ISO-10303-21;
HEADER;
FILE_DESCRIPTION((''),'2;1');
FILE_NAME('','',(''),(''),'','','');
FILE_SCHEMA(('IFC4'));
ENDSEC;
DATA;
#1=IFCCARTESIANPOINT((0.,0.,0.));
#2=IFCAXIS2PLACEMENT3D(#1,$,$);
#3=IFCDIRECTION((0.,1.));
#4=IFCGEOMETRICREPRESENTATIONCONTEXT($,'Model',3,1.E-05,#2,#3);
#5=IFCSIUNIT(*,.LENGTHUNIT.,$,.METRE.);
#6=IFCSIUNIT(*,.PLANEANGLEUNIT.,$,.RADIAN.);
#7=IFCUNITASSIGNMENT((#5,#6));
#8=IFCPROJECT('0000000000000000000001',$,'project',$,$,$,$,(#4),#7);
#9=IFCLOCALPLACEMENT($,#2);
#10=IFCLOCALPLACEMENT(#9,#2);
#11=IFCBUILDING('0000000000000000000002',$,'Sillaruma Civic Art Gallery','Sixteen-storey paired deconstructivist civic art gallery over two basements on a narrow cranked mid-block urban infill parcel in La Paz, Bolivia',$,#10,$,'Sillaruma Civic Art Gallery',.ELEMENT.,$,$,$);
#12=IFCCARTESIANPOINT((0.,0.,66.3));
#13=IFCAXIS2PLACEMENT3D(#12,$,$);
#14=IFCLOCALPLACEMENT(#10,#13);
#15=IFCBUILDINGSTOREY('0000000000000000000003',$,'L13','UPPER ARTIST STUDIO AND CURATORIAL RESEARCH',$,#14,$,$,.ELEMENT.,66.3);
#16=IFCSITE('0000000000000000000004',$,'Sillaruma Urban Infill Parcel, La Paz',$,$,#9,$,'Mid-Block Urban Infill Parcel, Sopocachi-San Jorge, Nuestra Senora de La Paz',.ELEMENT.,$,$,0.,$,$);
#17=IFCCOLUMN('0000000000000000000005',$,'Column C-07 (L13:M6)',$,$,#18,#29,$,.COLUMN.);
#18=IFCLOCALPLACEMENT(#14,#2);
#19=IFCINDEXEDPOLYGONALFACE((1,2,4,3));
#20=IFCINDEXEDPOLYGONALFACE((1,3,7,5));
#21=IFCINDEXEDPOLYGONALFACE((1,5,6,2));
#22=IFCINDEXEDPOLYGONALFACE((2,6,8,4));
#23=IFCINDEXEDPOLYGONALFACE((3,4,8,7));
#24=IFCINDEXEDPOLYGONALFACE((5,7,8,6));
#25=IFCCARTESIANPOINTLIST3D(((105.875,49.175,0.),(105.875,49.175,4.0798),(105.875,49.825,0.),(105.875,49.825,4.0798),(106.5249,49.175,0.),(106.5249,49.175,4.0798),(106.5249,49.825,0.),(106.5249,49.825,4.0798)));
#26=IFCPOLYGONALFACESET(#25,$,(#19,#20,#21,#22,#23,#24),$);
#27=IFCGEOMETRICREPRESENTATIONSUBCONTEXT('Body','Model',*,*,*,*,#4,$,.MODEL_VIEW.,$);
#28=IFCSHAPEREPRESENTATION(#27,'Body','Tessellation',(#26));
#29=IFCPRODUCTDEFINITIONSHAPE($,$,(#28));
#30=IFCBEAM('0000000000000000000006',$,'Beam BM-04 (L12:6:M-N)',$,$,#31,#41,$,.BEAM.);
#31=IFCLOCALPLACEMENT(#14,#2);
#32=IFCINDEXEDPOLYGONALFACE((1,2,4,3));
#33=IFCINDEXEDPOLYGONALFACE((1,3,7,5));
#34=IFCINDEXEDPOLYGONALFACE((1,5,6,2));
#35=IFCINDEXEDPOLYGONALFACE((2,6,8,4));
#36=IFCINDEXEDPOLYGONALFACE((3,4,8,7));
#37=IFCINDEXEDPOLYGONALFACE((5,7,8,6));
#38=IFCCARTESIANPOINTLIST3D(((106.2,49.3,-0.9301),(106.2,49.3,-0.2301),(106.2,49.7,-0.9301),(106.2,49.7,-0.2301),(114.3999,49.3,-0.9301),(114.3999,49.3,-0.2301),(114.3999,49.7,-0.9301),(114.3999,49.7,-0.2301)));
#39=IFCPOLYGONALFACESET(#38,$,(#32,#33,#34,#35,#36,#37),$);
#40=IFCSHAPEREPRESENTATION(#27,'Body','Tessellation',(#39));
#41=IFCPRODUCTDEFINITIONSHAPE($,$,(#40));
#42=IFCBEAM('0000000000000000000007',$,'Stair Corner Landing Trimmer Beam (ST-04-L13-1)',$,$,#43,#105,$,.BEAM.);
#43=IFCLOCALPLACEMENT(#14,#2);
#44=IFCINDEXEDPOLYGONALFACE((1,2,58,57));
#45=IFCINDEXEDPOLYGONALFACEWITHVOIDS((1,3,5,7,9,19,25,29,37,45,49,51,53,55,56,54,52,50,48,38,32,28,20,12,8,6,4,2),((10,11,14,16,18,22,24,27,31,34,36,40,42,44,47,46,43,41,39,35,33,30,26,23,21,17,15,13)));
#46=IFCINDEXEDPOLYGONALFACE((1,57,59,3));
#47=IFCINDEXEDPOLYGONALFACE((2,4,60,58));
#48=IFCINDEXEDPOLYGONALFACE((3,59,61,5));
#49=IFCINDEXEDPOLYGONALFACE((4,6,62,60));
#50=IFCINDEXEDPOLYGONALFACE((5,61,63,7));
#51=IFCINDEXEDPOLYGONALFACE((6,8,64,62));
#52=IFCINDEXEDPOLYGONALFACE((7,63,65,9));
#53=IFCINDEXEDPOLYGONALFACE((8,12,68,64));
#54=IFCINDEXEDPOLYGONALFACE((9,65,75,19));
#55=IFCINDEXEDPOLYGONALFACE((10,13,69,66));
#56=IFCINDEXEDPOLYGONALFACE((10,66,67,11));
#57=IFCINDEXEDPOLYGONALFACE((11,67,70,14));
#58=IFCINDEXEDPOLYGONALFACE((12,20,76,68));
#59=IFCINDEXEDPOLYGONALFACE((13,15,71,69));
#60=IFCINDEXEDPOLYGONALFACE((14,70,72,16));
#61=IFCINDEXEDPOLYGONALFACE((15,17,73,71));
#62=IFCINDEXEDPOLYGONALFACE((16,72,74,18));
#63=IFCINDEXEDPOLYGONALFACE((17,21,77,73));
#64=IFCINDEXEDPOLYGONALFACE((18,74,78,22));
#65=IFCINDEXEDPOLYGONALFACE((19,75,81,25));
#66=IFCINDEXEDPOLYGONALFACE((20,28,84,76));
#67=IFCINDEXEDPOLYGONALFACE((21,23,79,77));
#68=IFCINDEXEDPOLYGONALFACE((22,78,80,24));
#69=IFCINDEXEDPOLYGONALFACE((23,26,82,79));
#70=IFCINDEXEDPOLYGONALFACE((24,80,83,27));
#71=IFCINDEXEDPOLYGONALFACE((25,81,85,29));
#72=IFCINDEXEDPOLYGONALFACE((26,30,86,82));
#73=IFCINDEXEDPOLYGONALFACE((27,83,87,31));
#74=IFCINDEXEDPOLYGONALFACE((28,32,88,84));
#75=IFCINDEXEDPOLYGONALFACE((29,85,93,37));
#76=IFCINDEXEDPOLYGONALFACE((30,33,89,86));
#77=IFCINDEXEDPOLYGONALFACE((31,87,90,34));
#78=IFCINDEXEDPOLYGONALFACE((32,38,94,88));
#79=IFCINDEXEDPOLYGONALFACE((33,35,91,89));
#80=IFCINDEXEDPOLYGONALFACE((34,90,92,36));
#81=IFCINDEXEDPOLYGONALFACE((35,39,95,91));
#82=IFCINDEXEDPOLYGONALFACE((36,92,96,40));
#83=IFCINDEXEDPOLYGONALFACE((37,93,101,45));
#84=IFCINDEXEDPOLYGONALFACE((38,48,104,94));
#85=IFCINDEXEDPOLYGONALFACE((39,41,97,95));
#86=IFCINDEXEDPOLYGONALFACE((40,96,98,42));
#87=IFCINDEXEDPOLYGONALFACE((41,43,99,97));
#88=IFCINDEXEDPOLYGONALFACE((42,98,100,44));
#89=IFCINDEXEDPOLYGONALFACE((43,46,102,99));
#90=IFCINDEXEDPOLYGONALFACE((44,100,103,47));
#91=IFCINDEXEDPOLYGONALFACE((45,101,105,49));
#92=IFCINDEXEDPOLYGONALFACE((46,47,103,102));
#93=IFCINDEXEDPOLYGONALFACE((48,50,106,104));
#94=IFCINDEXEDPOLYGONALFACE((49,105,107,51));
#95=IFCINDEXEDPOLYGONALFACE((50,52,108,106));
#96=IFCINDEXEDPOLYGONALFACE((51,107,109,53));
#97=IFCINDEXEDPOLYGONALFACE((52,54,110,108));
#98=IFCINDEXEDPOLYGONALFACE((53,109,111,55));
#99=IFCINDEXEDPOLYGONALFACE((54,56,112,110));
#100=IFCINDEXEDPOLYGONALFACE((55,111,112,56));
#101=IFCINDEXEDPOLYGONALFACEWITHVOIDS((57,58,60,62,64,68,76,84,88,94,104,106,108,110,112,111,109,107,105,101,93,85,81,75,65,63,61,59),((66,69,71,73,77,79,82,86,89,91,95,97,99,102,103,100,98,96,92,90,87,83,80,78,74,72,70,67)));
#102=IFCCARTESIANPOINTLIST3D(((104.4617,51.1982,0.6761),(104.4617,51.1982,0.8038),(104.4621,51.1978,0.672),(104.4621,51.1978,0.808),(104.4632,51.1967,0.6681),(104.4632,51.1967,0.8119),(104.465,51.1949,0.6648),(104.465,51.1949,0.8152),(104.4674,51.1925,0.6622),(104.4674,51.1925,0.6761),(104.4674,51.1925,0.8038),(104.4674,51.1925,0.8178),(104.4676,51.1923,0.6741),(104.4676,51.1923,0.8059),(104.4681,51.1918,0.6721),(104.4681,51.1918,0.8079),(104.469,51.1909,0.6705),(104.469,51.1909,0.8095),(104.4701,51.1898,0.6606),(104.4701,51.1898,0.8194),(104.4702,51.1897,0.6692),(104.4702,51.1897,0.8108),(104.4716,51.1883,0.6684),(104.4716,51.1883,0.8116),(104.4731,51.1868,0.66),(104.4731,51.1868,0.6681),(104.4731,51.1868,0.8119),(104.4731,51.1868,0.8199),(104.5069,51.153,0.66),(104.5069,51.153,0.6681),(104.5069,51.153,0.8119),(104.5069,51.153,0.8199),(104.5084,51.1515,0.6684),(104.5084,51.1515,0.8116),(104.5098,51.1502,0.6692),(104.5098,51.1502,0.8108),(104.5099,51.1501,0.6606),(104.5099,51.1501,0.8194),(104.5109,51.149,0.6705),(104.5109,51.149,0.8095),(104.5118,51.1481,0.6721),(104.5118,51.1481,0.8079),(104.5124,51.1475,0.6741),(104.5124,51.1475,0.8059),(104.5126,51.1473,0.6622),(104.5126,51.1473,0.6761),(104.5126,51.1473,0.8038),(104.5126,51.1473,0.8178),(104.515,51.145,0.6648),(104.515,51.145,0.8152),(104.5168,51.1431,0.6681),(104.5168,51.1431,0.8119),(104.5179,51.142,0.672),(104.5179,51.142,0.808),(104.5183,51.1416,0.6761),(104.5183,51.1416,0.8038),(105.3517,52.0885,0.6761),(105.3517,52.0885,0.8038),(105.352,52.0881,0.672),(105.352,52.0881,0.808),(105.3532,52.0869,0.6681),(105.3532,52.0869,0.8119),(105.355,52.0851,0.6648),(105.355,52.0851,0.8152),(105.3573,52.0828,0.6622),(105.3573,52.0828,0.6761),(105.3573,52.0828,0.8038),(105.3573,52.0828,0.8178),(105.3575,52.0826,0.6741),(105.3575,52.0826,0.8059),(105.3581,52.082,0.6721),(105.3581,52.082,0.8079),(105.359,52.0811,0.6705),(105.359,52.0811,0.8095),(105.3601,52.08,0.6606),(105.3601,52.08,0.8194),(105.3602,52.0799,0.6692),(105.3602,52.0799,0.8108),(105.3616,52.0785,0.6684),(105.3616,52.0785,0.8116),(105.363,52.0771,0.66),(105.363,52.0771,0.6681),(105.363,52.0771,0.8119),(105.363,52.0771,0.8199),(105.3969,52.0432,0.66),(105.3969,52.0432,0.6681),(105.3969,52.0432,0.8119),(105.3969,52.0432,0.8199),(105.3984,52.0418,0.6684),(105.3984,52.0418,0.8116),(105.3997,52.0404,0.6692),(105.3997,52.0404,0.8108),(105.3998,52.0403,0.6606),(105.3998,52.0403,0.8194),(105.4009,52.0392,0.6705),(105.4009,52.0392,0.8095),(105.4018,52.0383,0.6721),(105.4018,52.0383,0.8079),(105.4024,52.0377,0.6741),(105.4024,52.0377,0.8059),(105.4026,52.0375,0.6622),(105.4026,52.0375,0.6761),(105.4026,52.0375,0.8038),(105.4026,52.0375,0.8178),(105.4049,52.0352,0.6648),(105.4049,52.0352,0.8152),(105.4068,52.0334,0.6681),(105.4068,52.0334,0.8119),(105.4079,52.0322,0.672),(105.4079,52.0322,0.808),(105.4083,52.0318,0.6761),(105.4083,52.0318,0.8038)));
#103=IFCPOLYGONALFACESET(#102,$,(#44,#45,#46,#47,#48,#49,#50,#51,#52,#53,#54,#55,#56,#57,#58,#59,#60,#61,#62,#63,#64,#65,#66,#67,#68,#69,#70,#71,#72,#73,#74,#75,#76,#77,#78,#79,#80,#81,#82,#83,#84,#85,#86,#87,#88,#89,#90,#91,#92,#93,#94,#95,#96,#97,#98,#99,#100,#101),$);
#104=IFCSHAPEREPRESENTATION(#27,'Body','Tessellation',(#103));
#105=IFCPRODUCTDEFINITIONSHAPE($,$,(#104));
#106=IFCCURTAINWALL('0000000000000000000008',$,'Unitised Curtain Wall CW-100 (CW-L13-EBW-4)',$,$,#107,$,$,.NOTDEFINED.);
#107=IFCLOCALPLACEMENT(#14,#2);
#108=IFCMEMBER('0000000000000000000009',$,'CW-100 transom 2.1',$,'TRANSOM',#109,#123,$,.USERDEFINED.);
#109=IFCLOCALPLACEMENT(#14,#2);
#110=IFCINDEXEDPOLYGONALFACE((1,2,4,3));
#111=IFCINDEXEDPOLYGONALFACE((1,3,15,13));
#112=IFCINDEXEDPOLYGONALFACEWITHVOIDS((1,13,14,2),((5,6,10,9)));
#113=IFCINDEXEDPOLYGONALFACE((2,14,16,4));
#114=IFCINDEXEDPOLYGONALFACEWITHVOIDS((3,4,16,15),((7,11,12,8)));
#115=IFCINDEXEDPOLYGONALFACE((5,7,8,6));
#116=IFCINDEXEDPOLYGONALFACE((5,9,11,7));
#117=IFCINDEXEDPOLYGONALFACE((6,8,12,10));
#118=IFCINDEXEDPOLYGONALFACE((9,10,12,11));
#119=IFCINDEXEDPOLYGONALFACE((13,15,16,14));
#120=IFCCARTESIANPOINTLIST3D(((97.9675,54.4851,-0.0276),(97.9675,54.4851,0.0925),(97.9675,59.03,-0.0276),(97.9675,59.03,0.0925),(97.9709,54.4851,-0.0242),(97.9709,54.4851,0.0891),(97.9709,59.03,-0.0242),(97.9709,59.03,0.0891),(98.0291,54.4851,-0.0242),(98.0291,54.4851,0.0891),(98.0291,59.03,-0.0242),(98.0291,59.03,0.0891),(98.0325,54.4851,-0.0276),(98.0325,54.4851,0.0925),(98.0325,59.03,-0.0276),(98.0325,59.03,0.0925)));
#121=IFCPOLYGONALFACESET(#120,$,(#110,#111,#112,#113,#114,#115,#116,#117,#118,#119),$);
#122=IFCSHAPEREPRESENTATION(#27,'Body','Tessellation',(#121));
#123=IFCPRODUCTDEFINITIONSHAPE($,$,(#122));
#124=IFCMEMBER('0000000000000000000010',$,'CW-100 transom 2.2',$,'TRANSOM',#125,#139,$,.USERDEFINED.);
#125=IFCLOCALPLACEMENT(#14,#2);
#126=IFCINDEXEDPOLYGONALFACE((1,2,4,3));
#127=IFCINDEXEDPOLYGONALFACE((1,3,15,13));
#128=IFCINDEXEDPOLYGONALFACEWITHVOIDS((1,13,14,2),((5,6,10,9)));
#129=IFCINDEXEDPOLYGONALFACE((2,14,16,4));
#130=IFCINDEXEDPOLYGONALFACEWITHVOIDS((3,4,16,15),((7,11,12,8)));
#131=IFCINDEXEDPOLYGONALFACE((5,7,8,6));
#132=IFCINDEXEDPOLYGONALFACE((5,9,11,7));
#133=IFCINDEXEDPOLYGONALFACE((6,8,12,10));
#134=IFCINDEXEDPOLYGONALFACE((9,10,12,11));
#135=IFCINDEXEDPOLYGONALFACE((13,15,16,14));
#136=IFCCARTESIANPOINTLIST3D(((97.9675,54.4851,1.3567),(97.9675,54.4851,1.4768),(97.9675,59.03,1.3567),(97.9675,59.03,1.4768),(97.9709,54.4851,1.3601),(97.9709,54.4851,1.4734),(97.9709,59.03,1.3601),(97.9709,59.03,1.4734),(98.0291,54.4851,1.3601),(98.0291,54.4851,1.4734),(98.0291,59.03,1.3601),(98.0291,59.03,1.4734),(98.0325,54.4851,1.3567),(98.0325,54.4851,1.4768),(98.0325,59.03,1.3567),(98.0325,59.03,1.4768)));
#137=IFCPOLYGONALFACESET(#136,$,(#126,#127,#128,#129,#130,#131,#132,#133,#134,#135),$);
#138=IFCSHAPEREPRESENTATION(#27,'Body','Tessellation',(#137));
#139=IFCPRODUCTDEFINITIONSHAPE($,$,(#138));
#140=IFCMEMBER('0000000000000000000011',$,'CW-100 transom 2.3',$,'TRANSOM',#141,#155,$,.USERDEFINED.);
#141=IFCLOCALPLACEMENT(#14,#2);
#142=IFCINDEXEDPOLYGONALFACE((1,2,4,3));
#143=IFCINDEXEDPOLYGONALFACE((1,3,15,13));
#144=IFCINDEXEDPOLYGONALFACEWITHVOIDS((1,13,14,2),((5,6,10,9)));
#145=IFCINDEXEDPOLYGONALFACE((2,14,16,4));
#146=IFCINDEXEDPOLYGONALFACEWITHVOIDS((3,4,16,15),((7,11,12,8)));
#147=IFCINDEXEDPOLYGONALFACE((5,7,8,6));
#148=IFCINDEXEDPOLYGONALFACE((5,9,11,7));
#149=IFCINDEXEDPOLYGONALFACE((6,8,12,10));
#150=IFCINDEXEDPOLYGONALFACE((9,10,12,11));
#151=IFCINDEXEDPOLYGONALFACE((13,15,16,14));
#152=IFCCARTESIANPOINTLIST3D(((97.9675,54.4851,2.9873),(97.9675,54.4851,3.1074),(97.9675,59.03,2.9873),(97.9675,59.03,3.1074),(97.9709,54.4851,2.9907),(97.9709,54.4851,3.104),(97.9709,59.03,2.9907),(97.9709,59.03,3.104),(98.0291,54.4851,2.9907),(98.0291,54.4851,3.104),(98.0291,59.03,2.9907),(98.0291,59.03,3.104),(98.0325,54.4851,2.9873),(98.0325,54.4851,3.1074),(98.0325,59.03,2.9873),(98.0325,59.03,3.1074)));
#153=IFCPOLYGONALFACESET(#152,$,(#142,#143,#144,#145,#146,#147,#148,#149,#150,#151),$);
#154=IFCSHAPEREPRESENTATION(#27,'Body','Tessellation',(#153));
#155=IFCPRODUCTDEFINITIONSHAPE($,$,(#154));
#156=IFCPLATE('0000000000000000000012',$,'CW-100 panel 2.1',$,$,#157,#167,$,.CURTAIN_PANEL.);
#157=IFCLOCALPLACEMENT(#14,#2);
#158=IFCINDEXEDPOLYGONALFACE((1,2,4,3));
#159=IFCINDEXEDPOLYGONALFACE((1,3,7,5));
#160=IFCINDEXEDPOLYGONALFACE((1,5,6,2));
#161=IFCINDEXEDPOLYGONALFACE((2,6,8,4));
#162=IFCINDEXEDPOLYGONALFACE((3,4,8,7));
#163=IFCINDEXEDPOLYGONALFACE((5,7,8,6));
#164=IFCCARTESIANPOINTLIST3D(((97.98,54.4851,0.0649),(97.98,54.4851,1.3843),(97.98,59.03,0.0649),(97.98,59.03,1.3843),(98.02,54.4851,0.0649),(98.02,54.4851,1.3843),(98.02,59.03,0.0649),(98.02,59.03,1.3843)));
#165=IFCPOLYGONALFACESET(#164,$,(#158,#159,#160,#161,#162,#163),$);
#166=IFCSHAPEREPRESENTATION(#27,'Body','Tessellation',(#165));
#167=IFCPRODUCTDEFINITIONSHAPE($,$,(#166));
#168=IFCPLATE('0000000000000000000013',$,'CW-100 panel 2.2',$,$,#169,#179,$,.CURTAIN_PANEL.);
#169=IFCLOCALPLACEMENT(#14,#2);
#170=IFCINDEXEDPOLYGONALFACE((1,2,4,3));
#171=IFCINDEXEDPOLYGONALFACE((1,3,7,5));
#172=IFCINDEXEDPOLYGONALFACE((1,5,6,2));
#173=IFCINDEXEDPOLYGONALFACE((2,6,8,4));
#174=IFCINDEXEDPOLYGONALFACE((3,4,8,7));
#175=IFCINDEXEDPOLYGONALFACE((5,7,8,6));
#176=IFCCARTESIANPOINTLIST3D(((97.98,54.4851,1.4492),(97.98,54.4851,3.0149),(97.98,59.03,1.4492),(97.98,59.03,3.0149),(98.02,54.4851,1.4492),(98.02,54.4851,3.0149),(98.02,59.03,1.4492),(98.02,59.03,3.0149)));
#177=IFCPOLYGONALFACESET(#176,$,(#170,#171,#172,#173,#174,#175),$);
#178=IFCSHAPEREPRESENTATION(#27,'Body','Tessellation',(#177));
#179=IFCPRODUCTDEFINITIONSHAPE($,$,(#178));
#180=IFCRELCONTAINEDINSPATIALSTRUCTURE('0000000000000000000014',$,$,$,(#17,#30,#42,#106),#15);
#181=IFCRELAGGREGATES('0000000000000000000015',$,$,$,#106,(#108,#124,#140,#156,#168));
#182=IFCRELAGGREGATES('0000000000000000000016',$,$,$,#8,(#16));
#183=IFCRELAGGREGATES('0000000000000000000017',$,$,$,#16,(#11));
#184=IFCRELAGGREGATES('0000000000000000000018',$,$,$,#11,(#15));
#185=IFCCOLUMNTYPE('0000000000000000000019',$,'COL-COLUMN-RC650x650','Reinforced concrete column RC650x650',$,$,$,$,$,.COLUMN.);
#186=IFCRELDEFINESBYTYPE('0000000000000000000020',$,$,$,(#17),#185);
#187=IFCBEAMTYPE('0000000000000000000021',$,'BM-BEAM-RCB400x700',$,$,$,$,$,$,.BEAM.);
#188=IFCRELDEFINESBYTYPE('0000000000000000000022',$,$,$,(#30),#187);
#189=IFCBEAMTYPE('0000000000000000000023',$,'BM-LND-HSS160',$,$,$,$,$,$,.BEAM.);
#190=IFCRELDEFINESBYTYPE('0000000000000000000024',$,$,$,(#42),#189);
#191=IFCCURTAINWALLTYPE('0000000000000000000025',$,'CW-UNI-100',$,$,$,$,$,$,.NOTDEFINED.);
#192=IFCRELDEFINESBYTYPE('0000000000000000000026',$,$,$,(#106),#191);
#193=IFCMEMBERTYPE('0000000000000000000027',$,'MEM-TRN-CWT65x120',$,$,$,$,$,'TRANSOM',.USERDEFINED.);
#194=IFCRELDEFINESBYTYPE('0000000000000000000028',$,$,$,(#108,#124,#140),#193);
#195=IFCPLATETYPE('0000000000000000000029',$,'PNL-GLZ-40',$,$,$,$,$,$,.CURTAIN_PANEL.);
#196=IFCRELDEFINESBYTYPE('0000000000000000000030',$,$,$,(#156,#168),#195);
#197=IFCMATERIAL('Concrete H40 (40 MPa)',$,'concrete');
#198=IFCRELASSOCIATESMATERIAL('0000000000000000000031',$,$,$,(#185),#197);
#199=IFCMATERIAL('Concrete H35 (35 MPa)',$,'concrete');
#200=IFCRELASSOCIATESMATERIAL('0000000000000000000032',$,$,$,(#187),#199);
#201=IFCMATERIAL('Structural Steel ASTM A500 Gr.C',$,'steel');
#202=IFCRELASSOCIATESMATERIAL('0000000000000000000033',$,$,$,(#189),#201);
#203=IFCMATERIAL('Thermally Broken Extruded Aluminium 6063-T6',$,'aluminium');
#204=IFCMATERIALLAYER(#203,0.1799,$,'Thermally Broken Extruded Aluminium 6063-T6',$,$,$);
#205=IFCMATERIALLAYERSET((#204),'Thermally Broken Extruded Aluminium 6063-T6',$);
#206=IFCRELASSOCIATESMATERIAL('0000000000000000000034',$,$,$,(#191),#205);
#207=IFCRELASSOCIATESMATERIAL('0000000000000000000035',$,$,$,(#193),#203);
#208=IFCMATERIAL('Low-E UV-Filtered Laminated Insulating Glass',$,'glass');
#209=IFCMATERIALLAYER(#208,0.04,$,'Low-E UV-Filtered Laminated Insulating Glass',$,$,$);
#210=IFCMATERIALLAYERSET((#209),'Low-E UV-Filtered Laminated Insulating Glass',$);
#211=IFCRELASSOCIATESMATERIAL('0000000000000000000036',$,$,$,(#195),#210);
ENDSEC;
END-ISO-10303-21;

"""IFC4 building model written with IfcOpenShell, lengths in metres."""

from ifc_helpers import new_model, si_unit, direction, frame, origin, origin_2d, place, context, subcontext, project, spatial, rectangle, hollow_rectangle, extrude, material, layer, layer_set, material_profile, profile_set, type_object, element, aggregate, save


model = new_model("IFC4")

# Units and contexts
model_context = context("Model", 3, precision=1e-05, world=origin(), true_north=direction((0.0, 1.0)))
body_context = subcontext(model_context, "Body", "Model", "MODEL_VIEW")
ifc_project = project(units=[si_unit("LENGTHUNIT", "METRE"), si_unit("PLANEANGLEUNIT", "RADIAN")], contexts=[model_context])

# Site, building, storey
site_placement = place(None, origin())
site = spatial("IfcSite", under=ifc_project, at=site_placement, Name="Sillaruma Urban Infill Parcel, La Paz", LongName="Mid-Block Urban Infill Parcel, Sopocachi-San Jorge, Nuestra Senora de La Paz", CompositionType="ELEMENT", RefElevation=0.0)
building_placement = place(site_placement, origin())
building = spatial("IfcBuilding", under=site, at=building_placement, Name="Sillaruma Civic Art Gallery", Description="Sixteen-storey paired deconstructivist civic art gallery over two basements on a narrow cranked mid-block urban infill parcel in La Paz, Bolivia", LongName="Sillaruma Civic Art Gallery", CompositionType="ELEMENT")
storey_placement = place(building_placement, frame((0.0, 0.0, 66.3)))
storey = spatial("IfcBuildingStorey", under=building, at=storey_placement, Name="L13", Description="UPPER ARTIST STUDIO AND CURATORIAL RESEARCH", CompositionType="ELEMENT", Elevation=66.3)

# Column
ifc_material_1 = material(Name="Concrete H40 (40 MPa)", Category="concrete")
ifc_material_profile_1 = material_profile(ifc_material_1, rectangle(XDim=0.6499, YDim=0.6499, at=origin_2d()), Name="RC650x650")
ifc_profile_set_1 = profile_set([ifc_material_profile_1], Name="Concrete H40 (40 MPa)")
column_type = type_object("IfcColumnType", Name="COL-COLUMN-RC650x650", Description="Reinforced concrete column RC650x650", PredefinedType="COLUMN", material=ifc_profile_set_1)
column_placement = place(storey_placement, frame((106.2, 49.5, 0.0), z_axis=(0.0, 0.0, 1.0), x_axis=(1.0, 0.0, 0.0)))
element("IfcColumn", 1, at=column_placement, inside=storey, type_object=column_type, Name="Column C-07 (L13:M6)", PredefinedType="COLUMN", context=body_context, shape_type="SweptSolid", body=[
    extrude(rectangle(XDim=0.6499, YDim=0.6499, at=origin_2d()), origin(), (0.0, 0.0, 1.0), 4.0798),
])

# Beams
ifc_material_2 = material(Name="Concrete H35 (35 MPa)", Category="concrete")
ifc_material_profile_2 = material_profile(ifc_material_2, rectangle(XDim=0.3999, YDim=0.7, at=origin_2d()), Name="RCB400x700")
ifc_profile_set_2 = profile_set([ifc_material_profile_2], Name="Concrete H35 (35 MPa)")
beam_type_1 = type_object("IfcBeamType", Name="BM-BEAM-RCB400x700", PredefinedType="BEAM", material=ifc_profile_set_2)
beam_1_placement = place(storey_placement, frame((106.2, 49.5, -0.5801), z_axis=(1.0, 0.0, 0.0), x_axis=(0.0, 1.0, 0.0)))
element("IfcBeam", 2, at=beam_1_placement, inside=storey, type_object=beam_type_1, Name="Beam BM-04 (L12:6:M-N)", PredefinedType="BEAM", context=body_context, shape_type="SweptSolid", body=[
    extrude(rectangle(XDim=0.3999, YDim=0.7, at=origin_2d()), origin(), (0.0, 0.0, 1.0), 8.2),
])
ifc_material_3 = material(Name="Structural Steel ASTM A500 Gr.C", Category="steel")
ifc_material_profile_3 = material_profile(ifc_material_3, hollow_rectangle(XDim=0.0801, YDim=0.1599, WallThickness=0.0081, InnerFilletRadius=0.0081, OuterFilletRadius=0.0161, at=origin_2d()), Name="HSS160x80x8")
ifc_profile_set_3 = profile_set([ifc_material_profile_3], Name="Structural Steel ASTM A500 Gr.C")
beam_type_2 = type_object("IfcBeamType", Name="BM-LND-HSS160", PredefinedType="BEAM", material=ifc_profile_set_3)
beam_2_placement = place(storey_placement, frame((104.49, 51.1699, 0.74), z_axis=(0.70701, 0.707204, 0.0), x_axis=(-0.707204, 0.70701, 0.0)))
element("IfcBeam", 3, at=beam_2_placement, inside=storey, type_object=beam_type_2, Name="Stair Corner Landing Trimmer Beam (ST-04-L13-1)", PredefinedType="BEAM", context=body_context, shape_type="SweptSolid", body=[
    extrude(hollow_rectangle(XDim=0.0801, YDim=0.1599, WallThickness=0.0081, InnerFilletRadius=0.0081, OuterFilletRadius=0.0161, at=origin_2d()), origin(), (0.0, 0.0, 1.0), 1.2588),
])

# Curtain wall, members, plates
ifc_material_4 = material(Name="Thermally Broken Extruded Aluminium 6063-T6", Category="aluminium")
ifc_layer_1 = layer(ifc_material_4, 0.1799, Name="Thermally Broken Extruded Aluminium 6063-T6")
ifc_layer_set_1 = layer_set([ifc_layer_1], Name="Thermally Broken Extruded Aluminium 6063-T6")
curtain_wall_type = type_object("IfcCurtainWallType", Name="CW-UNI-100", PredefinedType="NOTDEFINED", material=ifc_layer_set_1)
curtain_wall_placement = place(storey_placement, origin())
curtain_wall = element("IfcCurtainWall", 4, at=curtain_wall_placement, inside=storey, type_object=curtain_wall_type, Name="Unitised Curtain Wall CW-100 (CW-L13-EBW-4)", PredefinedType="NOTDEFINED")
ifc_material_profile_4 = material_profile(ifc_material_4, hollow_rectangle(XDim=0.0649, YDim=0.1201, WallThickness=0.0034, at=origin_2d()), Name="CWT65x120")
ifc_profile_set_4 = profile_set([ifc_material_profile_4], Name="Thermally Broken Extruded Aluminium 6063-T6")
member_type = type_object("IfcMemberType", Name="MEM-TRN-CWT65x120", ElementType="TRANSOM", PredefinedType="USERDEFINED", material=ifc_profile_set_4)
member_1_placement = place(storey_placement, frame((98.0, 54.4851, 0.0325), z_axis=(0.0, 1.0, 0.0), x_axis=(-1.0, 0.0, 0.0)))
member_1 = element("IfcMember", 5, at=member_1_placement, type_object=member_type, Name="CW-100 transom 2.1", ObjectType="TRANSOM", PredefinedType="USERDEFINED", context=body_context, shape_type="SweptSolid", body=[
    extrude(hollow_rectangle(XDim=0.0649, YDim=0.1201, WallThickness=0.0034, at=origin_2d()), origin(), (0.0, 0.0, 1.0), 4.5449),
])
member_2_placement = place(storey_placement, frame((98.0, 54.4851, 1.4167), z_axis=(0.0, 1.0, 0.0), x_axis=(-1.0, 0.0, 0.0)))
member_2 = element("IfcMember", 6, at=member_2_placement, type_object=member_type, Name="CW-100 transom 2.2", ObjectType="TRANSOM", PredefinedType="USERDEFINED", context=body_context, shape_type="SweptSolid", body=[
    extrude(hollow_rectangle(XDim=0.0649, YDim=0.1201, WallThickness=0.0034, at=origin_2d()), origin(), (0.0, 0.0, 1.0), 4.5449),
])
member_3_placement = place(storey_placement, frame((98.0, 54.4851, 3.0474), z_axis=(0.0, 1.0, 0.0), x_axis=(-1.0, 0.0, 0.0)))
member_3 = element("IfcMember", 7, at=member_3_placement, type_object=member_type, Name="CW-100 transom 2.3", ObjectType="TRANSOM", PredefinedType="USERDEFINED", context=body_context, shape_type="SweptSolid", body=[
    extrude(hollow_rectangle(XDim=0.0649, YDim=0.1201, WallThickness=0.0034, at=origin_2d()), origin(), (0.0, 0.0, 1.0), 4.5449),
])
ifc_material_5 = material(Name="Low-E UV-Filtered Laminated Insulating Glass", Category="glass")
ifc_layer_2 = layer(ifc_material_5, 0.04, Name="Low-E UV-Filtered Laminated Insulating Glass")
ifc_layer_set_2 = layer_set([ifc_layer_2], Name="Low-E UV-Filtered Laminated Insulating Glass")
plate_type = type_object("IfcPlateType", Name="PNL-GLZ-40", PredefinedType="CURTAIN_PANEL", material=ifc_layer_set_2)
plate_1_placement = place(storey_placement, frame((98.0, 56.7576, 0.0649), z_axis=(0.0, 0.0, 1.0), x_axis=(0.0, 1.0, 0.0)))
plate_1 = element("IfcPlate", 8, at=plate_1_placement, type_object=plate_type, Name="CW-100 panel 2.1", PredefinedType="CURTAIN_PANEL", context=body_context, shape_type="SweptSolid", body=[
    extrude(rectangle(XDim=4.5449, YDim=0.04, at=origin_2d()), origin(), (0.0, 0.0, 1.0), 1.3193),
])
plate_2_placement = place(storey_placement, frame((98.0, 56.7576, 1.4492), z_axis=(0.0, 0.0, 1.0), x_axis=(0.0, 1.0, 0.0)))
plate_2 = element("IfcPlate", 9, at=plate_2_placement, type_object=plate_type, Name="CW-100 panel 2.2", PredefinedType="CURTAIN_PANEL", context=body_context, shape_type="SweptSolid", body=[
    extrude(rectangle(XDim=4.5449, YDim=0.04, at=origin_2d()), origin(), (0.0, 0.0, 1.0), 1.5657),
])
aggregate(curtain_wall, [member_1, member_2, member_3, plate_1, plate_2])

save(model, "model.ifc")
